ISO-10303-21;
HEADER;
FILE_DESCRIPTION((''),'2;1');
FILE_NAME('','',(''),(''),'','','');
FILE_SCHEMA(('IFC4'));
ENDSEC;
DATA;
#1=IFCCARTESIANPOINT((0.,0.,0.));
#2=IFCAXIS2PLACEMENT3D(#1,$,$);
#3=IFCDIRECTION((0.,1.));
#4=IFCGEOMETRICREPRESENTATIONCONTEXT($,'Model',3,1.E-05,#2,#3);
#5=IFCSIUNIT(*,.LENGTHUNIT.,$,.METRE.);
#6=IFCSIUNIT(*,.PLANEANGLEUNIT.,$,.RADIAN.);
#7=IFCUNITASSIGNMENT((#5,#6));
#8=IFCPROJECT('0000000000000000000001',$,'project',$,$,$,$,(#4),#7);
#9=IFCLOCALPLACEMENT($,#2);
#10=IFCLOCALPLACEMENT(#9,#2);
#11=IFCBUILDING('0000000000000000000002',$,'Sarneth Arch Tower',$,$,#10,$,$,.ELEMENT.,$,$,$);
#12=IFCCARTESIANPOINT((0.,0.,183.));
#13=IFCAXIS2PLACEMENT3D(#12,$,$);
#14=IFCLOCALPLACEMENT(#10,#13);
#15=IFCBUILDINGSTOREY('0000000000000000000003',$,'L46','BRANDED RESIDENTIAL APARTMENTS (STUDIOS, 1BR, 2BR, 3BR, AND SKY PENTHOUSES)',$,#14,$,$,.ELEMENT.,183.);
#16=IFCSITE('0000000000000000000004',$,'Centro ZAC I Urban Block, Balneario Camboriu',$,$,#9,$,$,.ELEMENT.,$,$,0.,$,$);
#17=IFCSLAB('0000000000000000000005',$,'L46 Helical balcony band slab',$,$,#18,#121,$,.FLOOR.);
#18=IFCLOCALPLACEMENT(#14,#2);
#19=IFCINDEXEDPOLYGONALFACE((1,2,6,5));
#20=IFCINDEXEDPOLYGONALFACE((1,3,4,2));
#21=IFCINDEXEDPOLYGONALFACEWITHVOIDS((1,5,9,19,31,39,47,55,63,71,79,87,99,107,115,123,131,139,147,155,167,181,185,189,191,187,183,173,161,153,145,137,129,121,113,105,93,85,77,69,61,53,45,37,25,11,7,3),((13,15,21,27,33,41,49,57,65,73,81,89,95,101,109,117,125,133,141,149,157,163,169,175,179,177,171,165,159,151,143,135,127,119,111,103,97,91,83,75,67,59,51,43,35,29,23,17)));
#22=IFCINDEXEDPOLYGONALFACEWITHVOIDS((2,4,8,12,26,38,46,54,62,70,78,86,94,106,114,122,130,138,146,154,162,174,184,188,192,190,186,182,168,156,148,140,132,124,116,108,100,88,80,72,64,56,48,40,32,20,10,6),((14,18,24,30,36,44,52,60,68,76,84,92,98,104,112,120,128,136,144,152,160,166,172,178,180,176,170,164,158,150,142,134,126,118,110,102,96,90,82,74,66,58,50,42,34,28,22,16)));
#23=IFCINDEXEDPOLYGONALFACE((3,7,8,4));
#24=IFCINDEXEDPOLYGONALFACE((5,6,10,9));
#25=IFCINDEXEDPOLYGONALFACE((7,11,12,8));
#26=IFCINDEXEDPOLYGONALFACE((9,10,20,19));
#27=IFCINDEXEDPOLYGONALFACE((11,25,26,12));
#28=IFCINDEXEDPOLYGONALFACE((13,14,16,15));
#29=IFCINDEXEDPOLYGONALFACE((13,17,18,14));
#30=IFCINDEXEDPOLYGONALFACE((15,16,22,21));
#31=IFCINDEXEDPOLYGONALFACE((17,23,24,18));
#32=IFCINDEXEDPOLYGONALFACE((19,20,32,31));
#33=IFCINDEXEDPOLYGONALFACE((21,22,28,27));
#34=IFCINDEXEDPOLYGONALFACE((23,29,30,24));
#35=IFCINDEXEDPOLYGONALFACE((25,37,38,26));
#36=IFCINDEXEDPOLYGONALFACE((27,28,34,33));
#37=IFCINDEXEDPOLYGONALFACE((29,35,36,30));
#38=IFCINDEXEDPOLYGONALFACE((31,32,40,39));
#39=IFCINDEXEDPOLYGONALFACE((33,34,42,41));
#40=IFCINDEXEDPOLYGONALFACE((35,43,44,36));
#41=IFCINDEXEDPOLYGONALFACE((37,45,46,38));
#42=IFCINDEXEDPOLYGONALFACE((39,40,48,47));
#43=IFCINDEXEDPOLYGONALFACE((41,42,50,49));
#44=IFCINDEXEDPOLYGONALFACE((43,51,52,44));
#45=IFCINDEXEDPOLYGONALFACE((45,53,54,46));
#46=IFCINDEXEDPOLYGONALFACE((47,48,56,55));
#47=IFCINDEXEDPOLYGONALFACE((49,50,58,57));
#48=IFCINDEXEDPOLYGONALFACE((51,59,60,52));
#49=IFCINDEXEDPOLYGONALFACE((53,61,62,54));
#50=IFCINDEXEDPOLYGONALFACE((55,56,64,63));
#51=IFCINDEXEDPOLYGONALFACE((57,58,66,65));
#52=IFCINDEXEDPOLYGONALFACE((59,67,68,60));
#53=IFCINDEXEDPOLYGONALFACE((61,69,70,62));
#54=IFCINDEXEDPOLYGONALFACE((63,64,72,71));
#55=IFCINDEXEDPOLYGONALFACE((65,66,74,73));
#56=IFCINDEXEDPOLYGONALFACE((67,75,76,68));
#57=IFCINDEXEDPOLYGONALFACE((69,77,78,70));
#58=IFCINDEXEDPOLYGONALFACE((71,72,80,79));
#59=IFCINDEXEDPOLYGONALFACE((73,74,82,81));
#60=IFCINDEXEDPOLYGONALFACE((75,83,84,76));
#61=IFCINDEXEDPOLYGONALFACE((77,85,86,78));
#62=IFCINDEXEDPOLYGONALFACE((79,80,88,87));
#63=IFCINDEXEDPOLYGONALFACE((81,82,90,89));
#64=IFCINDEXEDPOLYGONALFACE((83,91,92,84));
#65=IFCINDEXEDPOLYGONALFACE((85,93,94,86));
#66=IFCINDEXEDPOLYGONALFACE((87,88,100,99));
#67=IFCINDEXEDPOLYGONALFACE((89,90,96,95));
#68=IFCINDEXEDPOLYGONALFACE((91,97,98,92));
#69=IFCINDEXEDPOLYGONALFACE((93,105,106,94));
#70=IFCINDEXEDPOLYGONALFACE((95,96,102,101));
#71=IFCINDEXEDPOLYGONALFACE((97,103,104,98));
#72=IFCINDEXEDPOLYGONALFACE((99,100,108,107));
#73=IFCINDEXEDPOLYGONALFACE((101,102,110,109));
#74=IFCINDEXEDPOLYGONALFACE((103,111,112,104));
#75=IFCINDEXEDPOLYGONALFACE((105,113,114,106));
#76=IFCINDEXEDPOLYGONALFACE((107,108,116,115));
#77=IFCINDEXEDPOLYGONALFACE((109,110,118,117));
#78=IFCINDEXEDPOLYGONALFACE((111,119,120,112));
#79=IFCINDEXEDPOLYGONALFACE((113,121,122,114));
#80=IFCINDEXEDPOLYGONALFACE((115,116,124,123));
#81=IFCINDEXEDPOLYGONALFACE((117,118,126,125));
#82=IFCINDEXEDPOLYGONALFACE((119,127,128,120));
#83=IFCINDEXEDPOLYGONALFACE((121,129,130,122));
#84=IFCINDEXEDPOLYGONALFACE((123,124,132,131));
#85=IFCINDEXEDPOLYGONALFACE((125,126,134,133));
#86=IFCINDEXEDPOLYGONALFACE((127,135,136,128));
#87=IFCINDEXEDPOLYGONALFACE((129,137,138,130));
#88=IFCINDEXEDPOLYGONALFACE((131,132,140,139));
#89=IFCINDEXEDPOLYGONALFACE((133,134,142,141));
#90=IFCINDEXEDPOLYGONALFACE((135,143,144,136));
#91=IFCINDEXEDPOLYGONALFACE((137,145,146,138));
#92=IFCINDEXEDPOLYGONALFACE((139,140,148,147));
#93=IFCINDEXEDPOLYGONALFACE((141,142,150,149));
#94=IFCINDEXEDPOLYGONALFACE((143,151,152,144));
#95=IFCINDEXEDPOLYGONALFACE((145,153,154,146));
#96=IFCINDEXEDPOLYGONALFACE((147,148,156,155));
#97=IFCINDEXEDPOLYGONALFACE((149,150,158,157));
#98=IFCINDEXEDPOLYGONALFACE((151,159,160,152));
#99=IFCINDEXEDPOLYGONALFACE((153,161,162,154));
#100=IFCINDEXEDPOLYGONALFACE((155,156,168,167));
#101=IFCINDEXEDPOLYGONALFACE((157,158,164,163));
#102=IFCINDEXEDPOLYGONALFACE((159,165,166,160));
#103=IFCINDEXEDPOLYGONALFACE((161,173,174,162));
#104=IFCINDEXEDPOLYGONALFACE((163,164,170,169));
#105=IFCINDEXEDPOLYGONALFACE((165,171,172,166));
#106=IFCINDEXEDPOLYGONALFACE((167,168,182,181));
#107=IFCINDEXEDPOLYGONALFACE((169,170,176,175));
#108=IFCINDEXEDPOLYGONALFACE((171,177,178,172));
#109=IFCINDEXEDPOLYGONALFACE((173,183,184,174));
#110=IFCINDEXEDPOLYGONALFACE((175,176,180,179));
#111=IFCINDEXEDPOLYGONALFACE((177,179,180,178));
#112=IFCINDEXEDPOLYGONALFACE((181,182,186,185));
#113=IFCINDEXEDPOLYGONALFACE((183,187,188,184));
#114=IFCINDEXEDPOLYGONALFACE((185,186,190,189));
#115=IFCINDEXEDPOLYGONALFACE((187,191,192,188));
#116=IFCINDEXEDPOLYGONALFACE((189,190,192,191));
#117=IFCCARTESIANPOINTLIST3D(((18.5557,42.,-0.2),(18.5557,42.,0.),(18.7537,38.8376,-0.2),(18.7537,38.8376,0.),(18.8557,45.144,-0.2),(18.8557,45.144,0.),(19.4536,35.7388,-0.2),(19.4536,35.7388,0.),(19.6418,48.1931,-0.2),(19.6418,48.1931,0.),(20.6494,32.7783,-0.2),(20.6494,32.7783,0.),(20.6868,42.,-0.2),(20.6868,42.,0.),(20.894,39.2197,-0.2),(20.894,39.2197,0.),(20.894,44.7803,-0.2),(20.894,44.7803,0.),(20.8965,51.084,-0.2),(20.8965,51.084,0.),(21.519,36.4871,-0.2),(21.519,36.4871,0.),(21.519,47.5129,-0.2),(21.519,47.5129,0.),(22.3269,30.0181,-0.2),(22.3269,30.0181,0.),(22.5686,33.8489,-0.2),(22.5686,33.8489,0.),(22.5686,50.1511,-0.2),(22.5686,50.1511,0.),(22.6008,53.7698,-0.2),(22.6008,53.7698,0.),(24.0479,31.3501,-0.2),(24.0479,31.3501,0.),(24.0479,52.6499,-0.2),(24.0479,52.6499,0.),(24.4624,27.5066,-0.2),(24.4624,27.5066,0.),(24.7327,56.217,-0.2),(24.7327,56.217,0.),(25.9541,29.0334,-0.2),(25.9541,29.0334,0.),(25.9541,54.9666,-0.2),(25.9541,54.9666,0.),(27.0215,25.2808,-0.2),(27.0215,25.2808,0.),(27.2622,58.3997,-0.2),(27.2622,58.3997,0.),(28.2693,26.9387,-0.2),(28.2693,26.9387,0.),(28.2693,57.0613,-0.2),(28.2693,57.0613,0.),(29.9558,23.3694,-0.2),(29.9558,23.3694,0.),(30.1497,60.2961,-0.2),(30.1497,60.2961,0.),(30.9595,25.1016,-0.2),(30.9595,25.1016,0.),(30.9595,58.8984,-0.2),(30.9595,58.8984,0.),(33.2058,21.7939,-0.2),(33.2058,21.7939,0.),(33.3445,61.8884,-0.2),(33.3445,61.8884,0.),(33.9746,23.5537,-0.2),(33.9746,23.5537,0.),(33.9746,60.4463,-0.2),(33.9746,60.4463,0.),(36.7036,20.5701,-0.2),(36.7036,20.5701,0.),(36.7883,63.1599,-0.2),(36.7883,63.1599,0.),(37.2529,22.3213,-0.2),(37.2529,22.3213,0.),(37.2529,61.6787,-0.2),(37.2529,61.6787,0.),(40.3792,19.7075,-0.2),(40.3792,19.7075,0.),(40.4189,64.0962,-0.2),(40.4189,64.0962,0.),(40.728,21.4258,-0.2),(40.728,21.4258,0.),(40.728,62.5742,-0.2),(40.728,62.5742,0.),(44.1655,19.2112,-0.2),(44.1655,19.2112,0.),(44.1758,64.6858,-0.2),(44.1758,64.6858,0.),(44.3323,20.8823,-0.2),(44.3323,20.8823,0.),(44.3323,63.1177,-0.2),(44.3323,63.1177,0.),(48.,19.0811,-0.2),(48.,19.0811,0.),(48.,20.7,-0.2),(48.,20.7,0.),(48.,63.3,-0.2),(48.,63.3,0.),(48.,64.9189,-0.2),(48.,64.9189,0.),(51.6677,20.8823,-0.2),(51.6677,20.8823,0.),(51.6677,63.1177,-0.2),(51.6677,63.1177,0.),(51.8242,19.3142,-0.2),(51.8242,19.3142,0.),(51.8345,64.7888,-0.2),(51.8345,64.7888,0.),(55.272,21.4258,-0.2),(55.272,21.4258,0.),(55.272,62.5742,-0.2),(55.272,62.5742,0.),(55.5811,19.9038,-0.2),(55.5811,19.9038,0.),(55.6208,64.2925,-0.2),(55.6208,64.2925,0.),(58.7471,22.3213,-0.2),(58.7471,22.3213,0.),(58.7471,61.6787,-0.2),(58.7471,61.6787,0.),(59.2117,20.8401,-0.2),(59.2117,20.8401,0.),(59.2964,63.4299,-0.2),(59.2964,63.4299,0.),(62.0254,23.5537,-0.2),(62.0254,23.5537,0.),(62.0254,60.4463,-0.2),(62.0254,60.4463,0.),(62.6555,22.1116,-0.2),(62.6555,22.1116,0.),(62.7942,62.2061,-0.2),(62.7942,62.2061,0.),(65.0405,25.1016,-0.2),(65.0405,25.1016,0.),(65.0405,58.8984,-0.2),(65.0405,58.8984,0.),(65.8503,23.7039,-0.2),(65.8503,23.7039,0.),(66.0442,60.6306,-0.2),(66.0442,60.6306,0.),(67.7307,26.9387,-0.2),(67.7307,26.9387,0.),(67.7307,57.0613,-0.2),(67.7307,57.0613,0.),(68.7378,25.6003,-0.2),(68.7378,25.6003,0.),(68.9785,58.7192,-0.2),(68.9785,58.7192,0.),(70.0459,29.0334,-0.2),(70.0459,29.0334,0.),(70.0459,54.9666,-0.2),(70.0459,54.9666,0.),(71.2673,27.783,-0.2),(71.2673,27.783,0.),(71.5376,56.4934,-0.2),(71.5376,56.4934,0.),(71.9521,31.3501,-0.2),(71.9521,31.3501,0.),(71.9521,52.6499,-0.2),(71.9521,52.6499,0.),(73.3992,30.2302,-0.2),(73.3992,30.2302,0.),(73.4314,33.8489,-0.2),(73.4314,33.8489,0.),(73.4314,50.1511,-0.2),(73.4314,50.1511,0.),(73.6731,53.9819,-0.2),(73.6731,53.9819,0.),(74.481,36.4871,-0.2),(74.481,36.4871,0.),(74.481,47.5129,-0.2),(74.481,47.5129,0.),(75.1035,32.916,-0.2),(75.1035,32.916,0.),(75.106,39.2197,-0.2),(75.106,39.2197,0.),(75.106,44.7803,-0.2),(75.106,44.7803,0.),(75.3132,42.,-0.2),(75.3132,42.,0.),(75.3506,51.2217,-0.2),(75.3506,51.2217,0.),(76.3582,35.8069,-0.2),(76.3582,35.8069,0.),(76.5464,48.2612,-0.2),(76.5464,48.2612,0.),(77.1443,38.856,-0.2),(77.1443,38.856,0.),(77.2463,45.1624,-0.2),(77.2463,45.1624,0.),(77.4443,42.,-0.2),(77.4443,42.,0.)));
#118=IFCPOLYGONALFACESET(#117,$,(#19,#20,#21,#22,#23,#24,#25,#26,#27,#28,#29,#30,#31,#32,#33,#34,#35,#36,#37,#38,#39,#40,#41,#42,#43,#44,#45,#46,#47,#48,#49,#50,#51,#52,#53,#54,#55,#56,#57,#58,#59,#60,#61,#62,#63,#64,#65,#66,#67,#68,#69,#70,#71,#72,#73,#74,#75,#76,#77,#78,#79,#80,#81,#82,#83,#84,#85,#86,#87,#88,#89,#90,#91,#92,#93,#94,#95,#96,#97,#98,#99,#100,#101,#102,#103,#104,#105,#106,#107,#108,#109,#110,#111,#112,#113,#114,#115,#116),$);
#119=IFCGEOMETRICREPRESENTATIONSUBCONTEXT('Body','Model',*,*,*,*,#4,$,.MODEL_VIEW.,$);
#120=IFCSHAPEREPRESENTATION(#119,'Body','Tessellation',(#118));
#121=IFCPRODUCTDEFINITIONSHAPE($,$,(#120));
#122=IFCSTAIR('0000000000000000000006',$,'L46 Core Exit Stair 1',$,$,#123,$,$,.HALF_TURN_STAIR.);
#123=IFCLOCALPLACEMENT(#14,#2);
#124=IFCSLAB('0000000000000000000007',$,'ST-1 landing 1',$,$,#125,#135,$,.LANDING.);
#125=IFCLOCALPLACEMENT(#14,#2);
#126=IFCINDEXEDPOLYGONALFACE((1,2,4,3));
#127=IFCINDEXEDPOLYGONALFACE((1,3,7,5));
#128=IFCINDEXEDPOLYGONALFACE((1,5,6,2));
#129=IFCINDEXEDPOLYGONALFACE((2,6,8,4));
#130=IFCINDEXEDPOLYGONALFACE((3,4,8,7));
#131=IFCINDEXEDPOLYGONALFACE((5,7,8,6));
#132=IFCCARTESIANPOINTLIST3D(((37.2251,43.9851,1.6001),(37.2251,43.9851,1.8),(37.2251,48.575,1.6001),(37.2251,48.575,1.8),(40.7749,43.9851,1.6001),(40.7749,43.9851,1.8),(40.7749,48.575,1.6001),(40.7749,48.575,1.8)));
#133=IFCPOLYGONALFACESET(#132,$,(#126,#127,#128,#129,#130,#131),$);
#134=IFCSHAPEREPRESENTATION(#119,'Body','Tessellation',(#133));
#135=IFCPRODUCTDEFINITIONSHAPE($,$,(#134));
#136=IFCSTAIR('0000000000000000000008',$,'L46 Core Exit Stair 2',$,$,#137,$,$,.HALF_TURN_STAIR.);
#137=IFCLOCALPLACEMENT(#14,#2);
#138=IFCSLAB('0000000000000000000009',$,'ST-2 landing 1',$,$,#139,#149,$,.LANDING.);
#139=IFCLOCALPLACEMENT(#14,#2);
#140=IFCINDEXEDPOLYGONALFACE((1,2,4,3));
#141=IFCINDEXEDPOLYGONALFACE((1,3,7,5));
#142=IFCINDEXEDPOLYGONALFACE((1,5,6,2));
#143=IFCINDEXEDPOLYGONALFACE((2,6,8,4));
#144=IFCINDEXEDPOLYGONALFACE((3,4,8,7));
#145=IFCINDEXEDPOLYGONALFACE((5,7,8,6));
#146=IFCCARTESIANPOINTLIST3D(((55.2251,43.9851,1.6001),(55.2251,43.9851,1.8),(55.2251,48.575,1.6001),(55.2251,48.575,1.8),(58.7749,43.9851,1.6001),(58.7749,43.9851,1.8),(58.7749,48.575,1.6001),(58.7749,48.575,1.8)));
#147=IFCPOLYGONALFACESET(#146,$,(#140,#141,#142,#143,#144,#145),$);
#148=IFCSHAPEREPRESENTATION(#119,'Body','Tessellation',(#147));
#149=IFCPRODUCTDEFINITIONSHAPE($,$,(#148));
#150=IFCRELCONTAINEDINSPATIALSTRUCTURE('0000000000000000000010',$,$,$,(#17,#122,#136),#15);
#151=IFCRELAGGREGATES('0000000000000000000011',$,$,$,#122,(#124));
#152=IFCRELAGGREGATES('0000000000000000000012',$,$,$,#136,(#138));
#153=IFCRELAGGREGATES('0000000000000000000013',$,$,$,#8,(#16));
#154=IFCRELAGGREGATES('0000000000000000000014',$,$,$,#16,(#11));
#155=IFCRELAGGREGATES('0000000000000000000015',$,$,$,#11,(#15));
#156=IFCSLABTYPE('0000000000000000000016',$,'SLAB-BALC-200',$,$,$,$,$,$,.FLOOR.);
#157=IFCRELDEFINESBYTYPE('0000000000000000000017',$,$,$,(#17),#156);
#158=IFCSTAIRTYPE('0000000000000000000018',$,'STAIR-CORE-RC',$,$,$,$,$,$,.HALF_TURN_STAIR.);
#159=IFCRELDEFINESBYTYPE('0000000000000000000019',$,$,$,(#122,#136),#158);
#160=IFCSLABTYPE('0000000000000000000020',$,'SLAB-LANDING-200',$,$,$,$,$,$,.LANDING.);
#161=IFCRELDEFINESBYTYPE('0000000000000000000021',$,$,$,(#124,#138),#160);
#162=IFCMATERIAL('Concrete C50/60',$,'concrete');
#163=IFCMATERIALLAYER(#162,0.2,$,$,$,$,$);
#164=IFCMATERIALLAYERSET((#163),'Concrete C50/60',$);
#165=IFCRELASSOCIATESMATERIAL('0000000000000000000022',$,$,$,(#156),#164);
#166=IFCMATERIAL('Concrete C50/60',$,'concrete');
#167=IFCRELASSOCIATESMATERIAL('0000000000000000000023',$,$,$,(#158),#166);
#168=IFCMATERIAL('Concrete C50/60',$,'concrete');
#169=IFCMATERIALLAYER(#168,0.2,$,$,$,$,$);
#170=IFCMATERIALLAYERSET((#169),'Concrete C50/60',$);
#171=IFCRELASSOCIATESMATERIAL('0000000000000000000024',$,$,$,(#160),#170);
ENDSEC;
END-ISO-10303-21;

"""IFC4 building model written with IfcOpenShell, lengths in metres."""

from ifc_helpers import new_model, si_unit, direction, frame, origin, place, context, subcontext, project, spatial, polyline, outline, extrude, material, layer, layer_set, type_object, element, aggregate, save


model = new_model("IFC4")

# Units and contexts
model_context = context("Model", 3, precision=1e-05, world=origin(), true_north=direction((0.0, 1.0)))
body_context = subcontext(model_context, "Body", "Model", "MODEL_VIEW")
ifc_project = project(units=[si_unit("LENGTHUNIT", "METRE"), si_unit("PLANEANGLEUNIT", "RADIAN")], contexts=[model_context])

# Site, building, storey
site_placement = place(None, origin())
site = spatial("IfcSite", under=ifc_project, at=site_placement, Name="Centro ZAC I Urban Block, Balneario Camboriu", CompositionType="ELEMENT", RefElevation=0.0)
building_placement = place(site_placement, origin())
building = spatial("IfcBuilding", under=site, at=building_placement, Name="Sarneth Arch Tower", CompositionType="ELEMENT")
storey_placement = place(building_placement, frame((0.0, 0.0, 183.0)))
storey = spatial("IfcBuildingStorey", under=building, at=storey_placement, Name="L46", Description="BRANDED RESIDENTIAL APARTMENTS (STUDIOS, 1BR, 2BR, 3BR, AND SKY PENTHOUSES)", CompositionType="ELEMENT", Elevation=183.0)

# Slab
ifc_material_1 = material(Name="Concrete C50/60", Category="concrete")
ifc_layer_1 = layer(ifc_material_1, 0.2)
ifc_layer_set_1 = layer_set([ifc_layer_1], Name="Concrete C50/60")
slab_type_1 = type_object("IfcSlabType", Name="SLAB-BALC-200", PredefinedType="FLOOR", material=ifc_layer_set_1)
slab_1_placement = place(storey_placement, frame((0.0, 0.0, -0.2)))
element("IfcSlab", 1, at=slab_1_placement, inside=storey, type_object=slab_type_1, Name="L46 Helical balcony band slab", PredefinedType="FLOOR", context=body_context, shape_type="SweptSolid", body=[
    extrude(outline(polyline([(77.4443, 42.0), (77.2463, 45.1624), (76.5464, 48.2612), (75.3506, 51.2217), (73.6731, 53.9819), (71.5376, 56.4934), (68.9785, 58.7192), (66.0442, 60.6306), (62.7942, 62.2061), (59.2964, 63.4299), (55.6208, 64.2925), (51.8345, 64.7888), (48.0, 64.9189), (44.1758, 64.6858), (40.4189, 64.0962), (36.7883, 63.1599), (33.3445, 61.8884), (30.1497, 60.2961), (27.2622, 58.3997), (24.7327, 56.217), (22.6008, 53.7698), (20.8965, 51.084), (19.6418, 48.1931), (18.8557, 45.144), (18.5557, 42.0), (18.7537, 38.8376), (19.4536, 35.7388), (20.6494, 32.7783), (22.3269, 30.0181), (24.4624, 27.5066), (27.0215, 25.2808), (29.9558, 23.3694), (33.2058, 21.7939), (36.7036, 20.5701), (40.3792, 19.7075), (44.1655, 19.2112), (48.0, 19.0811), (51.8242, 19.3142), (55.5811, 19.9038), (59.2117, 20.8401), (62.6555, 22.1116), (65.8503, 23.7039), (68.7378, 25.6003), (71.2673, 27.783), (73.3992, 30.2302), (75.1035, 32.916), (76.3582, 35.8069), (77.1443, 38.856), (77.4443, 42.0)]), holes=[polyline([(75.3132, 42.0), (75.106, 44.7803), (74.481, 47.5129), (73.4314, 50.1511), (71.9521, 52.6499), (70.0459, 54.9666), (67.7307, 57.0613), (65.0405, 58.8984), (62.0254, 60.4463), (58.7471, 61.6787), (55.272, 62.5742), (51.6677, 63.1177), (48.0, 63.3), (44.3323, 63.1177), (40.728, 62.5742), (37.2529, 61.6787), (33.9746, 60.4463), (30.9595, 58.8984), (28.2693, 57.0613), (25.9541, 54.9666), (24.0479, 52.6499), (22.5686, 50.1511), (21.519, 47.5129), (20.894, 44.7803), (20.6868, 42.0), (20.894, 39.2197), (21.519, 36.4871), (22.5686, 33.8489), (24.0479, 31.3501), (25.9541, 29.0334), (28.2693, 26.9387), (30.9595, 25.1016), (33.9746, 23.5537), (37.2529, 22.3213), (40.728, 21.4258), (44.3323, 20.8823), (48.0, 20.7), (51.6677, 20.8823), (55.272, 21.4258), (58.7471, 22.3213), (62.0254, 23.5537), (65.0405, 25.1016), (67.7307, 26.9387), (70.0459, 29.0334), (71.9521, 31.3501), (73.4314, 33.8489), (74.481, 36.4871), (75.106, 39.2197), (75.3132, 42.0)])]), origin(), (0.0, 0.0, 1.0), 0.2),
])

# Stairs, slabs
ifc_material_2 = material(Name="Concrete C50/60", Category="concrete")
stair_type = type_object("IfcStairType", Name="STAIR-CORE-RC", PredefinedType="HALF_TURN_STAIR", material=ifc_material_2)
stair_1_placement = place(storey_placement, origin())
stair_1 = element("IfcStair", 2, at=stair_1_placement, inside=storey, type_object=stair_type, Name="L46 Core Exit Stair 1", PredefinedType="HALF_TURN_STAIR")
ifc_material_3 = material(Name="Concrete C50/60", Category="concrete")
ifc_layer_2 = layer(ifc_material_3, 0.2)
ifc_layer_set_2 = layer_set([ifc_layer_2], Name="Concrete C50/60")
slab_type_2 = type_object("IfcSlabType", Name="SLAB-LANDING-200", PredefinedType="LANDING", material=ifc_layer_set_2)
slab_2_placement = place(storey_placement, frame((0.0, 0.0, 1.6001)))
slab_2 = element("IfcSlab", 3, at=slab_2_placement, type_object=slab_type_2, Name="ST-1 landing 1", PredefinedType="LANDING", context=body_context, shape_type="SweptSolid", body=[
    extrude(outline(polyline([(37.2251, 43.9851), (40.7749, 43.9851), (40.7749, 48.575), (37.2251, 48.575), (37.2251, 43.9851)])), origin(), (0.0, 0.0, 1.0), 0.2),
])
aggregate(stair_1, [slab_2])
stair_2_placement = place(storey_placement, origin())
stair_2 = element("IfcStair", 4, at=stair_2_placement, inside=storey, type_object=stair_type, Name="L46 Core Exit Stair 2", PredefinedType="HALF_TURN_STAIR")
slab_3_placement = place(storey_placement, frame((0.0, 0.0, 1.6001)))
slab_3 = element("IfcSlab", 5, at=slab_3_placement, type_object=slab_type_2, Name="ST-2 landing 1", PredefinedType="LANDING", context=body_context, shape_type="SweptSolid", body=[
    extrude(outline(polyline([(55.2251, 43.9851), (58.7749, 43.9851), (58.7749, 48.575), (55.2251, 48.575), (55.2251, 43.9851)])), origin(), (0.0, 0.0, 1.0), 0.2),
])
aggregate(stair_2, [slab_3])

save(model, "model.ifc")
